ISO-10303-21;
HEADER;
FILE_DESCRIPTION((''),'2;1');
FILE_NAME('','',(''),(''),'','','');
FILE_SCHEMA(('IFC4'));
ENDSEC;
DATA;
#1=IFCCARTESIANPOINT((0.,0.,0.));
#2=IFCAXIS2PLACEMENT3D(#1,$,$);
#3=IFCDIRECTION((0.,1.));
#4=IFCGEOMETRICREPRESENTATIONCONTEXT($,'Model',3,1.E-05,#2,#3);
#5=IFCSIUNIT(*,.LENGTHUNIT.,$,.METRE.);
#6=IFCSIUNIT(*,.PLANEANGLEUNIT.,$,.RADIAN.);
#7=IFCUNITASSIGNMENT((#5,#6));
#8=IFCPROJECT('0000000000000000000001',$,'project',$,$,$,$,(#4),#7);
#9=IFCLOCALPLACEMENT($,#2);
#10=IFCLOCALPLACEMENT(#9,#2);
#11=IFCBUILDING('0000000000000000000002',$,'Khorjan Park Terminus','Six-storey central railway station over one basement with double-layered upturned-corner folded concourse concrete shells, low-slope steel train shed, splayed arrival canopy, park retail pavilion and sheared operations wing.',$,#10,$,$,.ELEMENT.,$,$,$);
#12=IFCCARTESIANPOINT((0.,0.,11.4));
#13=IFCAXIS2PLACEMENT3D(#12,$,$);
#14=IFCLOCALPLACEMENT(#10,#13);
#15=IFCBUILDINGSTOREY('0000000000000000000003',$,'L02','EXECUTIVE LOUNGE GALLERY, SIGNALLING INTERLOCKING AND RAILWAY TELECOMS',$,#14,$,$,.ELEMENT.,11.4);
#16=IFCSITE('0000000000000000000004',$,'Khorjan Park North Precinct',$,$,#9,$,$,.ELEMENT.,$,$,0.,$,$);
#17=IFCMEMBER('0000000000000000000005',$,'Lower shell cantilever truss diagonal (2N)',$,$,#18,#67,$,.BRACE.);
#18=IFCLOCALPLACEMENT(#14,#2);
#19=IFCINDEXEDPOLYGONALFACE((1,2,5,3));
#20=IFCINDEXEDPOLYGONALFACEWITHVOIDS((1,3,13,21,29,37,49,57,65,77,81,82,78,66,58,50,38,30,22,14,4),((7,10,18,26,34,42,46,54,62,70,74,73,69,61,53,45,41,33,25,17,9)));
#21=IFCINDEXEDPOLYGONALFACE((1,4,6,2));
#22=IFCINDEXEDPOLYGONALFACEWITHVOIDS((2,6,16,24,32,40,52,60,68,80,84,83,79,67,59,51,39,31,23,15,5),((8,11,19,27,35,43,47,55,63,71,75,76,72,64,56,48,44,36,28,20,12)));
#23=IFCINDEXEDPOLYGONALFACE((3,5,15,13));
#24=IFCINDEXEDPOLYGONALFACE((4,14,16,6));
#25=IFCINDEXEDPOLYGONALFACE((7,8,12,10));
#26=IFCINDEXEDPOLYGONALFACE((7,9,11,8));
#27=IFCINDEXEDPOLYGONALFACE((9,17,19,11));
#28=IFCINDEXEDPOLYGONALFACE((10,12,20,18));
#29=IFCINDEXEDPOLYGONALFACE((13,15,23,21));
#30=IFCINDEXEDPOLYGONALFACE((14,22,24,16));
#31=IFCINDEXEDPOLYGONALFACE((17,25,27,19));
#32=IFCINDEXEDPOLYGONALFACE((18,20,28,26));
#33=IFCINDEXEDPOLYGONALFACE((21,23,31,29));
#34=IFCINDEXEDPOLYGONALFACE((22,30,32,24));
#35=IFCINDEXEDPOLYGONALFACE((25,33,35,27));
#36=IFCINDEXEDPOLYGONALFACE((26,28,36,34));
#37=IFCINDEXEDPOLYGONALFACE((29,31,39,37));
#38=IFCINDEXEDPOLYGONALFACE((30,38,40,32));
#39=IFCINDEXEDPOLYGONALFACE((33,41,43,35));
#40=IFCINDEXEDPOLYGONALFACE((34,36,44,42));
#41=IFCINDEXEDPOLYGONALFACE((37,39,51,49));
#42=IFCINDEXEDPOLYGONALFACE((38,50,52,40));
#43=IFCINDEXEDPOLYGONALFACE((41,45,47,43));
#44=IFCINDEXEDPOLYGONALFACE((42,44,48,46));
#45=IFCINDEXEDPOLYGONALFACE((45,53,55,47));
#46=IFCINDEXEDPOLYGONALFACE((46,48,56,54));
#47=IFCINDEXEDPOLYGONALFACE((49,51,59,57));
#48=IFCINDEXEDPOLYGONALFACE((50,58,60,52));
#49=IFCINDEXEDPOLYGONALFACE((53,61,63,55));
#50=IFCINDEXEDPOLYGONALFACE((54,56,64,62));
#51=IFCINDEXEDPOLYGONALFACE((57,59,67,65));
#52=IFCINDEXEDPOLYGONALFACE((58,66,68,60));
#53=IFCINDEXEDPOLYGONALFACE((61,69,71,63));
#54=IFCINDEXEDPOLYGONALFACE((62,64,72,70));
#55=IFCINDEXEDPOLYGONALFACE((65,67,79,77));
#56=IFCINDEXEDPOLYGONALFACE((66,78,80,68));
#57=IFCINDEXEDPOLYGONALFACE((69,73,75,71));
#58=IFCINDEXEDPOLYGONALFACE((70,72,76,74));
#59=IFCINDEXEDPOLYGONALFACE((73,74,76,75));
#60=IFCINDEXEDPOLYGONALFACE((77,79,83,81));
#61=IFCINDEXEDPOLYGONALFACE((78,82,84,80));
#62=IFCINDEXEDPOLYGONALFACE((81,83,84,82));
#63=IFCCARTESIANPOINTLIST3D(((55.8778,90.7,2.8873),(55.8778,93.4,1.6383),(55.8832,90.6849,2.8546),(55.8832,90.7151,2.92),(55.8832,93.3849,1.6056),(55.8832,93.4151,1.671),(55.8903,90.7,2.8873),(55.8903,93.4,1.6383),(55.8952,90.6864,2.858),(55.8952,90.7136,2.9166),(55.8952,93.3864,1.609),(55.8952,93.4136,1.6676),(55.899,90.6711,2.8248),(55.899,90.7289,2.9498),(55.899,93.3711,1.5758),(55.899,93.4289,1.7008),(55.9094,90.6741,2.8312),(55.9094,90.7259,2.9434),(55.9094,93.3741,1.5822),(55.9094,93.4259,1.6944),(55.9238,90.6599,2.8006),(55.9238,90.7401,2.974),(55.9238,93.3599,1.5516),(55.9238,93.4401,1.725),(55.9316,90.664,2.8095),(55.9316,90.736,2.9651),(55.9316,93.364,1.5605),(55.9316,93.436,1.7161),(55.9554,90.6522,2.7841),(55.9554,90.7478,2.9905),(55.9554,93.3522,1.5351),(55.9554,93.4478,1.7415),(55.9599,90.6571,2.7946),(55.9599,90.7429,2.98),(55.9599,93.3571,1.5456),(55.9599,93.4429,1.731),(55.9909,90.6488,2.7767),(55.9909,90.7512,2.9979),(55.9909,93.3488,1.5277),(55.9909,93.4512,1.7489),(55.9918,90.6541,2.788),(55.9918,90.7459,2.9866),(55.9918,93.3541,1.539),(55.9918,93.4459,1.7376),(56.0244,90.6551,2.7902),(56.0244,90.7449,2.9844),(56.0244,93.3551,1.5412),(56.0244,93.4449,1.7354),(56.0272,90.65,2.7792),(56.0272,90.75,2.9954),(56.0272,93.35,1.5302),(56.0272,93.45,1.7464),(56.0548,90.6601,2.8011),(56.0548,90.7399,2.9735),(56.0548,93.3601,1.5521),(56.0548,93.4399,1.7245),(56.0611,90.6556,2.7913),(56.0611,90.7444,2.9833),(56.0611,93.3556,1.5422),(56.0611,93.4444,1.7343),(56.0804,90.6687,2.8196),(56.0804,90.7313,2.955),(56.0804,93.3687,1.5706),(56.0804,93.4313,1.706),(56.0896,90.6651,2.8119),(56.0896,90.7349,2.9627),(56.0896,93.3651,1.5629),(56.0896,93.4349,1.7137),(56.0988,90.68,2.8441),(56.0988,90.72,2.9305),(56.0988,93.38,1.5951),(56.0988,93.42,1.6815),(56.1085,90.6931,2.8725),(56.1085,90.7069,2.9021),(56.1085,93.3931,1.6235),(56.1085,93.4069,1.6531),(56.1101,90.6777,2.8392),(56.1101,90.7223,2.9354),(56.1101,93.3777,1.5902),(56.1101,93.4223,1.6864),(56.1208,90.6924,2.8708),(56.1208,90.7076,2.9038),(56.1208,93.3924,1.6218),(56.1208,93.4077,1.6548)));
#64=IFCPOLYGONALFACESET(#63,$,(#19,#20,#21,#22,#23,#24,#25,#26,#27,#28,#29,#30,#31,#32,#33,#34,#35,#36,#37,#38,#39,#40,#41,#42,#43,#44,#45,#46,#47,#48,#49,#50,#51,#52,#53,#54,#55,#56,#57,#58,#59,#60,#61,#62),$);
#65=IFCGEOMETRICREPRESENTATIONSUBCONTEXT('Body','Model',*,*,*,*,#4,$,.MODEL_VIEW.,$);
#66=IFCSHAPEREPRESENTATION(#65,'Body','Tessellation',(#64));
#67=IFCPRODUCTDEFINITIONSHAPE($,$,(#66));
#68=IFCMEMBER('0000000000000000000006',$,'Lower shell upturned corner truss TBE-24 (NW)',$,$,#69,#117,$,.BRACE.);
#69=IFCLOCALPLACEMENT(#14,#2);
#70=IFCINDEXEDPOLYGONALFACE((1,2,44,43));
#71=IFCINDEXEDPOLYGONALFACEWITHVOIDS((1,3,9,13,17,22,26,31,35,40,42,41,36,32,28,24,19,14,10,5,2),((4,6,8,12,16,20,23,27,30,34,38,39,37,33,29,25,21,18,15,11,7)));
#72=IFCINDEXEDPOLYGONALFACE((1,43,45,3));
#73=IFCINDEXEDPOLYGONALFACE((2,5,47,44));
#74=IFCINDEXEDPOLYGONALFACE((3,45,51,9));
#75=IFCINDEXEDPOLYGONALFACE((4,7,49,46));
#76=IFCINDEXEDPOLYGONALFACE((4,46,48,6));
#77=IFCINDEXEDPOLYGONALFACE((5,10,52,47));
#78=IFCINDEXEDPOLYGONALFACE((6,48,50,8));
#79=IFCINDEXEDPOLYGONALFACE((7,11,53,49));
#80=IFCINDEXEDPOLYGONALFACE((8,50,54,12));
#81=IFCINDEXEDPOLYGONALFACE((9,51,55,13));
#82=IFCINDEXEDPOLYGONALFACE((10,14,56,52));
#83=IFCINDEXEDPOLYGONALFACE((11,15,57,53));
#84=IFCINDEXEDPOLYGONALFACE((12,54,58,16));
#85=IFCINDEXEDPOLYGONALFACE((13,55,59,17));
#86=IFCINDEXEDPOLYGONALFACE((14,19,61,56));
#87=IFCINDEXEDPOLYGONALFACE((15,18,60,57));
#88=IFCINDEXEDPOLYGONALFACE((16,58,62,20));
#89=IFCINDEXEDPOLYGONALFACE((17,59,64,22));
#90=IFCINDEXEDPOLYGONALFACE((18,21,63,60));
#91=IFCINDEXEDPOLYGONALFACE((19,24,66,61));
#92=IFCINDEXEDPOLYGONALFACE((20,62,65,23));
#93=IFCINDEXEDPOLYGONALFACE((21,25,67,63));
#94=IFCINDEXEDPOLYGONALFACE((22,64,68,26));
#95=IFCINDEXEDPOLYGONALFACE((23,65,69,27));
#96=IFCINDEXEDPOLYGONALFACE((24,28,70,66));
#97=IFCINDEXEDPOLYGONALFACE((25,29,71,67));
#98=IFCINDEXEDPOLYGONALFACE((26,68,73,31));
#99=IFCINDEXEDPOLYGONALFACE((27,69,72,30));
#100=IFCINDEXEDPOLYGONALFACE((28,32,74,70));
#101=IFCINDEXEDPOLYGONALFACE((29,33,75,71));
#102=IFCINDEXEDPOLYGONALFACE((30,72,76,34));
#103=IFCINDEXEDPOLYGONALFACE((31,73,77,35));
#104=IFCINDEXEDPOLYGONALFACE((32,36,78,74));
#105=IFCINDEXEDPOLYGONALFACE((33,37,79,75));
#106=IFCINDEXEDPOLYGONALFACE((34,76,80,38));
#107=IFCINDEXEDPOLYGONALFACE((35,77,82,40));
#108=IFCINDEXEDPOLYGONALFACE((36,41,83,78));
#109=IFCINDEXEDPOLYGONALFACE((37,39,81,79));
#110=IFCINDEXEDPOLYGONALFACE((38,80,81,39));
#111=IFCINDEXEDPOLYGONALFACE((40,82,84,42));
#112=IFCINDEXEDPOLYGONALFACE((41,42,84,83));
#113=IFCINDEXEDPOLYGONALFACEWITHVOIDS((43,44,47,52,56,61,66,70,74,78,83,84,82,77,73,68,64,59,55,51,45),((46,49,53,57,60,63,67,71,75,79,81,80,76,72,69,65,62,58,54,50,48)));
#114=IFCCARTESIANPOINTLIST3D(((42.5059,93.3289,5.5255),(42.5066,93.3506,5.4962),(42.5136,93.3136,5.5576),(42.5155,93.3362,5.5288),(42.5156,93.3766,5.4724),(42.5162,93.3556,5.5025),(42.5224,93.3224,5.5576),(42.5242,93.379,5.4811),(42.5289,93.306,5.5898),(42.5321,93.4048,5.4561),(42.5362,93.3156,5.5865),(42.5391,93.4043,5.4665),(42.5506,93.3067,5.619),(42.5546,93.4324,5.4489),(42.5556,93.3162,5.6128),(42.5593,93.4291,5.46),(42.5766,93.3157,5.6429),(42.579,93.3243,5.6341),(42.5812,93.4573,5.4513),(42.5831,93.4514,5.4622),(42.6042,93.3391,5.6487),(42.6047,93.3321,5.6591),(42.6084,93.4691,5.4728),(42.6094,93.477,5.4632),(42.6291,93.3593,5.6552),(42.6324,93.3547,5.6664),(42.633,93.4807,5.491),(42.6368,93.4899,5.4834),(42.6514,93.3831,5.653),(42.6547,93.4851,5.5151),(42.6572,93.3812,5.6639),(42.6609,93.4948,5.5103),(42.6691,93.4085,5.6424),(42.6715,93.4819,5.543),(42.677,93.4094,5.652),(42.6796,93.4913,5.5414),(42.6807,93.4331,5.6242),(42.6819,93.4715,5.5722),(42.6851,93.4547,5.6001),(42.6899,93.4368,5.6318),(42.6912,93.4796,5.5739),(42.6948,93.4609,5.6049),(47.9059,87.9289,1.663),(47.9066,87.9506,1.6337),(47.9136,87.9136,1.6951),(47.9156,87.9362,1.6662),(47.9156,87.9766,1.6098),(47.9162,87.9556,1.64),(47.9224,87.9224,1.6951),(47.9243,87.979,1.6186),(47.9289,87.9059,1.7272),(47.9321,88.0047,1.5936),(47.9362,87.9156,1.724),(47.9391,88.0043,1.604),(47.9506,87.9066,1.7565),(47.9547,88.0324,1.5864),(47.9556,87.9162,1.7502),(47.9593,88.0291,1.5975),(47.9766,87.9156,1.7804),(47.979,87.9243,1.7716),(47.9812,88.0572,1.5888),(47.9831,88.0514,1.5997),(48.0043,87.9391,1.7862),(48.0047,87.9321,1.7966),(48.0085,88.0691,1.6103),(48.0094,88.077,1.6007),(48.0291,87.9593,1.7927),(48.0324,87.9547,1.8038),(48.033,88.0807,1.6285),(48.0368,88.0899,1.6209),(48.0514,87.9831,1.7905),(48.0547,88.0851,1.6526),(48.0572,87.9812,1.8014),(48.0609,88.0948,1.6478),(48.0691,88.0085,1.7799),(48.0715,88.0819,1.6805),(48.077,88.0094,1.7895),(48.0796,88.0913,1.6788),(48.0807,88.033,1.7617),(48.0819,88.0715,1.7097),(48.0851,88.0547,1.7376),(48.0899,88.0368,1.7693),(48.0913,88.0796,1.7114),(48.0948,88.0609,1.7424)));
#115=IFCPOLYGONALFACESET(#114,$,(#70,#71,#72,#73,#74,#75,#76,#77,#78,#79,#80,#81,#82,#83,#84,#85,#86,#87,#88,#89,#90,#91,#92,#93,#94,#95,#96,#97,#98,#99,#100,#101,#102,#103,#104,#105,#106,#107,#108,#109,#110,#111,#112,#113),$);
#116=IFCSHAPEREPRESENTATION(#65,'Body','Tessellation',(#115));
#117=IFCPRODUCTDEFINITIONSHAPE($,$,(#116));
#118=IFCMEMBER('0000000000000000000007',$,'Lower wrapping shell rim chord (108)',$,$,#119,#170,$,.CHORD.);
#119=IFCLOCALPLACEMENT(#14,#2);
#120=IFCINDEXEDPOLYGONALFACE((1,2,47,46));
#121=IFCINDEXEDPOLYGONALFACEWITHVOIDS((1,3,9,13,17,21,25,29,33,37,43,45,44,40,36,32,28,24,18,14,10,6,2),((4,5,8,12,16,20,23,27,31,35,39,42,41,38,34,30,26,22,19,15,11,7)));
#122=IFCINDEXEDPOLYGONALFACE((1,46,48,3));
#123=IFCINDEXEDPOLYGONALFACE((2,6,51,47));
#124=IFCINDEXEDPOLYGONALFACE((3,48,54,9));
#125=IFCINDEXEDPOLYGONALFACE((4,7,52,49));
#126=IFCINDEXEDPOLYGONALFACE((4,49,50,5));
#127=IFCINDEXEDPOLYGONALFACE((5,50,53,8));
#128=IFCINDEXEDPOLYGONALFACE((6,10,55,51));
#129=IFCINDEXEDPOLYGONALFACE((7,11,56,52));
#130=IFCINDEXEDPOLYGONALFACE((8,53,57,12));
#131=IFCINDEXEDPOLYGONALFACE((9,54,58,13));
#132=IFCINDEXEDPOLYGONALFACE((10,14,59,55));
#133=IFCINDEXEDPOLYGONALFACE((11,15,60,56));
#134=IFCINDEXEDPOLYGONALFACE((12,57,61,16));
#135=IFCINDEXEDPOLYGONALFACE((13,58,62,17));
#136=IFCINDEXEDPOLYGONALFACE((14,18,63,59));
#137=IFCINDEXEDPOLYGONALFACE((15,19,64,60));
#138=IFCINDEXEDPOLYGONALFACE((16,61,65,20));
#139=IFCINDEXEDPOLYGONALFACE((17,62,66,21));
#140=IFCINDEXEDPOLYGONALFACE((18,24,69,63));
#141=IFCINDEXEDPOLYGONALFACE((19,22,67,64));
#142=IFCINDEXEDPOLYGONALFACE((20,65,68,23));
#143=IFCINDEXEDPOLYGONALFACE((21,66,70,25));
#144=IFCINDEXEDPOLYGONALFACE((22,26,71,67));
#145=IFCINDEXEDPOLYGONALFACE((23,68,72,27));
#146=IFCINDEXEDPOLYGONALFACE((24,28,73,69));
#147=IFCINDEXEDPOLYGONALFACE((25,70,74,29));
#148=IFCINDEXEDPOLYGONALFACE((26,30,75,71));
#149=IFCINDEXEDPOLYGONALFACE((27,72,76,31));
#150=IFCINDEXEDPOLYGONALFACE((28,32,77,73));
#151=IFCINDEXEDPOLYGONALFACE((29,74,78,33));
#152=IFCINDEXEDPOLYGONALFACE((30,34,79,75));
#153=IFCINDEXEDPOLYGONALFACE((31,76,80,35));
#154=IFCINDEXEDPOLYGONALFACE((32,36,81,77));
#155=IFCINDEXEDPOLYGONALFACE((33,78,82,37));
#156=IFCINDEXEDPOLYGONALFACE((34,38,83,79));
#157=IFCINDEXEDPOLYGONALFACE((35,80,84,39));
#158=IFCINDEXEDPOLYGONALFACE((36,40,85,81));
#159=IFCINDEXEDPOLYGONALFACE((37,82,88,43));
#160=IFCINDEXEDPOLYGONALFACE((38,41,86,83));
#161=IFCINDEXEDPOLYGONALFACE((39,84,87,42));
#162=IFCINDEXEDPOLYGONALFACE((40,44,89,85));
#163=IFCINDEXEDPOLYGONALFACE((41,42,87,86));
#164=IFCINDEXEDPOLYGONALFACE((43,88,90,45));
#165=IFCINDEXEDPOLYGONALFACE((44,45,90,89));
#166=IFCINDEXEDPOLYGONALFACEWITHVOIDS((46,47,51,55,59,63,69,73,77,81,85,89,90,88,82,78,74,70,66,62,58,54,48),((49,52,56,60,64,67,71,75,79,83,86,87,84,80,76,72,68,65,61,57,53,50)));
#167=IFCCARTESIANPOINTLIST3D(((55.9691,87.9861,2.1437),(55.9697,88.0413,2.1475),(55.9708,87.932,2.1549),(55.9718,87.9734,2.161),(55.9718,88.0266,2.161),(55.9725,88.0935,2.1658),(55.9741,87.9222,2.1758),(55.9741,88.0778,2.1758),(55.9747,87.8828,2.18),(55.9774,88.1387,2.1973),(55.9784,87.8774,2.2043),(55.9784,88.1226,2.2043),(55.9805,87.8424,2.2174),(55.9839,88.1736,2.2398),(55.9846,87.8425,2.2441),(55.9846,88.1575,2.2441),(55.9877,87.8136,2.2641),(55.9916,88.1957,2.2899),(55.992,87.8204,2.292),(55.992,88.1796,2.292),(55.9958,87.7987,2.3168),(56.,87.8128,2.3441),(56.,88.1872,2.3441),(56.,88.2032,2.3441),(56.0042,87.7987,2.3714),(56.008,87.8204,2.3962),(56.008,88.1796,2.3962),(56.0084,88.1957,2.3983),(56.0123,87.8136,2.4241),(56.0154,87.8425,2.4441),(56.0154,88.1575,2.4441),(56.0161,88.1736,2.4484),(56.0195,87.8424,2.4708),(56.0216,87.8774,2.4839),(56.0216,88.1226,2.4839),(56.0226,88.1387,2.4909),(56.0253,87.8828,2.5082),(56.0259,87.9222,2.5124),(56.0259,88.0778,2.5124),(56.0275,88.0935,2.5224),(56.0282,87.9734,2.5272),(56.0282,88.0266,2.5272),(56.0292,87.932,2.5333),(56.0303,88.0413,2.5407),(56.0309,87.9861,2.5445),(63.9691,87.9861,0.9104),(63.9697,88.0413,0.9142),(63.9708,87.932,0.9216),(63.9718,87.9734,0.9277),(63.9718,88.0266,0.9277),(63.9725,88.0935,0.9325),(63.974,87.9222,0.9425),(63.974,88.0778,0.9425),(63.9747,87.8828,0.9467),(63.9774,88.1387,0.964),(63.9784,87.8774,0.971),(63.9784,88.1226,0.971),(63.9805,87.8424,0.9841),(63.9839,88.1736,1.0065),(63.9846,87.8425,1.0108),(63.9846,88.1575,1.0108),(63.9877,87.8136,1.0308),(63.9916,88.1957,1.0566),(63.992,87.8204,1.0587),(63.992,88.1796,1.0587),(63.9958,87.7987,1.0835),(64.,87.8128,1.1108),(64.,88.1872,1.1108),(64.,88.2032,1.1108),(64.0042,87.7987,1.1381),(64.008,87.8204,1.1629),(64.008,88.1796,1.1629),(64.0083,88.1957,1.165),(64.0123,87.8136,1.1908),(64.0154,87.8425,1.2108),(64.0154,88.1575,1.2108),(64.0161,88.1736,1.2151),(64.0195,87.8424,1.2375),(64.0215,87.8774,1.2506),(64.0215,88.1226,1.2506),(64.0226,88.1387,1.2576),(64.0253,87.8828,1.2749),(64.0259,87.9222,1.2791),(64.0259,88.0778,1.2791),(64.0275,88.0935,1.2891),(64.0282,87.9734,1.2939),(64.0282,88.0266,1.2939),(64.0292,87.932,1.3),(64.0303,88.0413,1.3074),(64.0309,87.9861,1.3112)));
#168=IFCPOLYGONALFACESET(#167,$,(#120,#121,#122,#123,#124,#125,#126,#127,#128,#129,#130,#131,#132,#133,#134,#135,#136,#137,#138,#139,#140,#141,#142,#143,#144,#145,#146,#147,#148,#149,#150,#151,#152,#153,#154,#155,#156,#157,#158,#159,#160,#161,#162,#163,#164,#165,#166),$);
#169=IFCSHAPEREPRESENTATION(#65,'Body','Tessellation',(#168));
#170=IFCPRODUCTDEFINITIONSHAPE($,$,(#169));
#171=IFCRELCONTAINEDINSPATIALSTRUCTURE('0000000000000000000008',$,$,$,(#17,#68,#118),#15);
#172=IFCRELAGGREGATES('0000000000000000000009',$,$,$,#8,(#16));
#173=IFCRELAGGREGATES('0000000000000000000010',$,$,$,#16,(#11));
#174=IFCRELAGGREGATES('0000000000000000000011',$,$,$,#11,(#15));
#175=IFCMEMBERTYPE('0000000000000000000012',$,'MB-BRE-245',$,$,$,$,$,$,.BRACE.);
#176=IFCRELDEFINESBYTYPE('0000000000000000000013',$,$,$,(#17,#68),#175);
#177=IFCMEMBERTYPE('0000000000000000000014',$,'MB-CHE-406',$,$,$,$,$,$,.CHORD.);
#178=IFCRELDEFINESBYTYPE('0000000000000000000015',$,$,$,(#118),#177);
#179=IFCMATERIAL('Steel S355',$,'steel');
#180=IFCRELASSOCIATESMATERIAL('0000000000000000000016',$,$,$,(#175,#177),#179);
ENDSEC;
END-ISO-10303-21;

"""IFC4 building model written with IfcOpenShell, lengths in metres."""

from ifc_helpers import new_model, si_unit, direction, frame, origin, origin_2d, place, context, subcontext, project, spatial, hollow_circle, extrude, material, material_profile, profile_set, type_object, element, save


model = new_model("IFC4")

# Units and contexts
model_context = context("Model", 3, precision=1e-05, world=origin(), true_north=direction((0.0, 1.0)))
body_context = subcontext(model_context, "Body", "Model", "MODEL_VIEW")
ifc_project = project(units=[si_unit("LENGTHUNIT", "METRE"), si_unit("PLANEANGLEUNIT", "RADIAN")], contexts=[model_context])

# Site, building, storey
site_placement = place(None, origin())
site = spatial("IfcSite", under=ifc_project, at=site_placement, Name="Khorjan Park North Precinct", CompositionType="ELEMENT", RefElevation=0.0)
building_placement = place(site_placement, origin())
building = spatial("IfcBuilding", under=site, at=building_placement, Name="Khorjan Park Terminus", Description="Six-storey central railway station over one basement with double-layered upturned-corner folded concourse concrete shells, low-slope steel train shed, splayed arrival canopy, park retail pavilion and sheared operations wing.", CompositionType="ELEMENT")
storey_placement = place(building_placement, frame((0.0, 0.0, 11.4)))
storey = spatial("IfcBuildingStorey", under=building, at=storey_placement, Name="L02", Description="EXECUTIVE LOUNGE GALLERY, SIGNALLING INTERLOCKING AND RAILWAY TELECOMS", CompositionType="ELEMENT", Elevation=11.4)

# Members
ifc_material_1 = material(Name="Steel S355", Category="steel")
ifc_material_profile_1 = material_profile(ifc_material_1, hollow_circle(Radius=0.1222, WallThickness=0.0125, at=origin_2d()), Name="CHS 244.5x12.5")
ifc_profile_set_1 = profile_set([ifc_material_profile_1], Name="Steel S355")
member_type_1 = type_object("IfcMemberType", Name="MB-BRE-245", PredefinedType="BRACE", material=ifc_profile_set_1)
member_1_placement = place(storey_placement, frame((56.0, 90.7, 2.8873), z_axis=(0.0, 0.907595, -0.419847), x_axis=(-1.0, 0.0, 0.0)))
element("IfcMember", 1, at=member_1_placement, inside=storey, type_object=member_type_1, Name="Lower shell cantilever truss diagonal (2N)", PredefinedType="BRACE", context=body_context, shape_type="SweptSolid", body=[
    extrude(hollow_circle(Radius=0.1222, WallThickness=0.0125, at=origin_2d()), origin(), (0.0, 0.0, 1.0), 2.9749),
])
member_2_placement = place(storey_placement, frame((48.0, 88.0, 1.6951), z_axis=(-0.630991, 0.630991, 0.451333), x_axis=(-0.707107, -0.707107, 0.0)))
element("IfcMember", 2, at=member_2_placement, inside=storey, type_object=member_type_1, Name="Lower shell upturned corner truss TBE-24 (NW)", PredefinedType="BRACE", context=body_context, shape_type="SweptSolid", body=[
    extrude(hollow_circle(Radius=0.1222, WallThickness=0.0125, at=origin_2d()), origin(), (0.0, 0.0, 1.0), 8.558),
])
ifc_material_profile_2 = material_profile(ifc_material_1, hollow_circle(Radius=0.2032, WallThickness=0.016, at=origin_2d()), Name="CHS 406.4x16")
ifc_profile_set_2 = profile_set([ifc_material_profile_2], Name="Steel S355")
member_type_2 = type_object("IfcMemberType", Name="MB-CHE-406", PredefinedType="CHORD", material=ifc_profile_set_2)
member_3_placement = place(storey_placement, frame((56.0, 88.0, 2.3441), z_axis=(0.988325, 0.0, -0.152363), x_axis=(0.0, 1.0, 0.0)))
element("IfcMember", 3, at=member_3_placement, inside=storey, type_object=member_type_2, Name="Lower wrapping shell rim chord (108)", PredefinedType="CHORD", context=body_context, shape_type="SweptSolid", body=[
    extrude(hollow_circle(Radius=0.2032, WallThickness=0.016, at=origin_2d()), origin(), (0.0, 0.0, 1.0), 8.0945),
])

save(model, "model.ifc")
